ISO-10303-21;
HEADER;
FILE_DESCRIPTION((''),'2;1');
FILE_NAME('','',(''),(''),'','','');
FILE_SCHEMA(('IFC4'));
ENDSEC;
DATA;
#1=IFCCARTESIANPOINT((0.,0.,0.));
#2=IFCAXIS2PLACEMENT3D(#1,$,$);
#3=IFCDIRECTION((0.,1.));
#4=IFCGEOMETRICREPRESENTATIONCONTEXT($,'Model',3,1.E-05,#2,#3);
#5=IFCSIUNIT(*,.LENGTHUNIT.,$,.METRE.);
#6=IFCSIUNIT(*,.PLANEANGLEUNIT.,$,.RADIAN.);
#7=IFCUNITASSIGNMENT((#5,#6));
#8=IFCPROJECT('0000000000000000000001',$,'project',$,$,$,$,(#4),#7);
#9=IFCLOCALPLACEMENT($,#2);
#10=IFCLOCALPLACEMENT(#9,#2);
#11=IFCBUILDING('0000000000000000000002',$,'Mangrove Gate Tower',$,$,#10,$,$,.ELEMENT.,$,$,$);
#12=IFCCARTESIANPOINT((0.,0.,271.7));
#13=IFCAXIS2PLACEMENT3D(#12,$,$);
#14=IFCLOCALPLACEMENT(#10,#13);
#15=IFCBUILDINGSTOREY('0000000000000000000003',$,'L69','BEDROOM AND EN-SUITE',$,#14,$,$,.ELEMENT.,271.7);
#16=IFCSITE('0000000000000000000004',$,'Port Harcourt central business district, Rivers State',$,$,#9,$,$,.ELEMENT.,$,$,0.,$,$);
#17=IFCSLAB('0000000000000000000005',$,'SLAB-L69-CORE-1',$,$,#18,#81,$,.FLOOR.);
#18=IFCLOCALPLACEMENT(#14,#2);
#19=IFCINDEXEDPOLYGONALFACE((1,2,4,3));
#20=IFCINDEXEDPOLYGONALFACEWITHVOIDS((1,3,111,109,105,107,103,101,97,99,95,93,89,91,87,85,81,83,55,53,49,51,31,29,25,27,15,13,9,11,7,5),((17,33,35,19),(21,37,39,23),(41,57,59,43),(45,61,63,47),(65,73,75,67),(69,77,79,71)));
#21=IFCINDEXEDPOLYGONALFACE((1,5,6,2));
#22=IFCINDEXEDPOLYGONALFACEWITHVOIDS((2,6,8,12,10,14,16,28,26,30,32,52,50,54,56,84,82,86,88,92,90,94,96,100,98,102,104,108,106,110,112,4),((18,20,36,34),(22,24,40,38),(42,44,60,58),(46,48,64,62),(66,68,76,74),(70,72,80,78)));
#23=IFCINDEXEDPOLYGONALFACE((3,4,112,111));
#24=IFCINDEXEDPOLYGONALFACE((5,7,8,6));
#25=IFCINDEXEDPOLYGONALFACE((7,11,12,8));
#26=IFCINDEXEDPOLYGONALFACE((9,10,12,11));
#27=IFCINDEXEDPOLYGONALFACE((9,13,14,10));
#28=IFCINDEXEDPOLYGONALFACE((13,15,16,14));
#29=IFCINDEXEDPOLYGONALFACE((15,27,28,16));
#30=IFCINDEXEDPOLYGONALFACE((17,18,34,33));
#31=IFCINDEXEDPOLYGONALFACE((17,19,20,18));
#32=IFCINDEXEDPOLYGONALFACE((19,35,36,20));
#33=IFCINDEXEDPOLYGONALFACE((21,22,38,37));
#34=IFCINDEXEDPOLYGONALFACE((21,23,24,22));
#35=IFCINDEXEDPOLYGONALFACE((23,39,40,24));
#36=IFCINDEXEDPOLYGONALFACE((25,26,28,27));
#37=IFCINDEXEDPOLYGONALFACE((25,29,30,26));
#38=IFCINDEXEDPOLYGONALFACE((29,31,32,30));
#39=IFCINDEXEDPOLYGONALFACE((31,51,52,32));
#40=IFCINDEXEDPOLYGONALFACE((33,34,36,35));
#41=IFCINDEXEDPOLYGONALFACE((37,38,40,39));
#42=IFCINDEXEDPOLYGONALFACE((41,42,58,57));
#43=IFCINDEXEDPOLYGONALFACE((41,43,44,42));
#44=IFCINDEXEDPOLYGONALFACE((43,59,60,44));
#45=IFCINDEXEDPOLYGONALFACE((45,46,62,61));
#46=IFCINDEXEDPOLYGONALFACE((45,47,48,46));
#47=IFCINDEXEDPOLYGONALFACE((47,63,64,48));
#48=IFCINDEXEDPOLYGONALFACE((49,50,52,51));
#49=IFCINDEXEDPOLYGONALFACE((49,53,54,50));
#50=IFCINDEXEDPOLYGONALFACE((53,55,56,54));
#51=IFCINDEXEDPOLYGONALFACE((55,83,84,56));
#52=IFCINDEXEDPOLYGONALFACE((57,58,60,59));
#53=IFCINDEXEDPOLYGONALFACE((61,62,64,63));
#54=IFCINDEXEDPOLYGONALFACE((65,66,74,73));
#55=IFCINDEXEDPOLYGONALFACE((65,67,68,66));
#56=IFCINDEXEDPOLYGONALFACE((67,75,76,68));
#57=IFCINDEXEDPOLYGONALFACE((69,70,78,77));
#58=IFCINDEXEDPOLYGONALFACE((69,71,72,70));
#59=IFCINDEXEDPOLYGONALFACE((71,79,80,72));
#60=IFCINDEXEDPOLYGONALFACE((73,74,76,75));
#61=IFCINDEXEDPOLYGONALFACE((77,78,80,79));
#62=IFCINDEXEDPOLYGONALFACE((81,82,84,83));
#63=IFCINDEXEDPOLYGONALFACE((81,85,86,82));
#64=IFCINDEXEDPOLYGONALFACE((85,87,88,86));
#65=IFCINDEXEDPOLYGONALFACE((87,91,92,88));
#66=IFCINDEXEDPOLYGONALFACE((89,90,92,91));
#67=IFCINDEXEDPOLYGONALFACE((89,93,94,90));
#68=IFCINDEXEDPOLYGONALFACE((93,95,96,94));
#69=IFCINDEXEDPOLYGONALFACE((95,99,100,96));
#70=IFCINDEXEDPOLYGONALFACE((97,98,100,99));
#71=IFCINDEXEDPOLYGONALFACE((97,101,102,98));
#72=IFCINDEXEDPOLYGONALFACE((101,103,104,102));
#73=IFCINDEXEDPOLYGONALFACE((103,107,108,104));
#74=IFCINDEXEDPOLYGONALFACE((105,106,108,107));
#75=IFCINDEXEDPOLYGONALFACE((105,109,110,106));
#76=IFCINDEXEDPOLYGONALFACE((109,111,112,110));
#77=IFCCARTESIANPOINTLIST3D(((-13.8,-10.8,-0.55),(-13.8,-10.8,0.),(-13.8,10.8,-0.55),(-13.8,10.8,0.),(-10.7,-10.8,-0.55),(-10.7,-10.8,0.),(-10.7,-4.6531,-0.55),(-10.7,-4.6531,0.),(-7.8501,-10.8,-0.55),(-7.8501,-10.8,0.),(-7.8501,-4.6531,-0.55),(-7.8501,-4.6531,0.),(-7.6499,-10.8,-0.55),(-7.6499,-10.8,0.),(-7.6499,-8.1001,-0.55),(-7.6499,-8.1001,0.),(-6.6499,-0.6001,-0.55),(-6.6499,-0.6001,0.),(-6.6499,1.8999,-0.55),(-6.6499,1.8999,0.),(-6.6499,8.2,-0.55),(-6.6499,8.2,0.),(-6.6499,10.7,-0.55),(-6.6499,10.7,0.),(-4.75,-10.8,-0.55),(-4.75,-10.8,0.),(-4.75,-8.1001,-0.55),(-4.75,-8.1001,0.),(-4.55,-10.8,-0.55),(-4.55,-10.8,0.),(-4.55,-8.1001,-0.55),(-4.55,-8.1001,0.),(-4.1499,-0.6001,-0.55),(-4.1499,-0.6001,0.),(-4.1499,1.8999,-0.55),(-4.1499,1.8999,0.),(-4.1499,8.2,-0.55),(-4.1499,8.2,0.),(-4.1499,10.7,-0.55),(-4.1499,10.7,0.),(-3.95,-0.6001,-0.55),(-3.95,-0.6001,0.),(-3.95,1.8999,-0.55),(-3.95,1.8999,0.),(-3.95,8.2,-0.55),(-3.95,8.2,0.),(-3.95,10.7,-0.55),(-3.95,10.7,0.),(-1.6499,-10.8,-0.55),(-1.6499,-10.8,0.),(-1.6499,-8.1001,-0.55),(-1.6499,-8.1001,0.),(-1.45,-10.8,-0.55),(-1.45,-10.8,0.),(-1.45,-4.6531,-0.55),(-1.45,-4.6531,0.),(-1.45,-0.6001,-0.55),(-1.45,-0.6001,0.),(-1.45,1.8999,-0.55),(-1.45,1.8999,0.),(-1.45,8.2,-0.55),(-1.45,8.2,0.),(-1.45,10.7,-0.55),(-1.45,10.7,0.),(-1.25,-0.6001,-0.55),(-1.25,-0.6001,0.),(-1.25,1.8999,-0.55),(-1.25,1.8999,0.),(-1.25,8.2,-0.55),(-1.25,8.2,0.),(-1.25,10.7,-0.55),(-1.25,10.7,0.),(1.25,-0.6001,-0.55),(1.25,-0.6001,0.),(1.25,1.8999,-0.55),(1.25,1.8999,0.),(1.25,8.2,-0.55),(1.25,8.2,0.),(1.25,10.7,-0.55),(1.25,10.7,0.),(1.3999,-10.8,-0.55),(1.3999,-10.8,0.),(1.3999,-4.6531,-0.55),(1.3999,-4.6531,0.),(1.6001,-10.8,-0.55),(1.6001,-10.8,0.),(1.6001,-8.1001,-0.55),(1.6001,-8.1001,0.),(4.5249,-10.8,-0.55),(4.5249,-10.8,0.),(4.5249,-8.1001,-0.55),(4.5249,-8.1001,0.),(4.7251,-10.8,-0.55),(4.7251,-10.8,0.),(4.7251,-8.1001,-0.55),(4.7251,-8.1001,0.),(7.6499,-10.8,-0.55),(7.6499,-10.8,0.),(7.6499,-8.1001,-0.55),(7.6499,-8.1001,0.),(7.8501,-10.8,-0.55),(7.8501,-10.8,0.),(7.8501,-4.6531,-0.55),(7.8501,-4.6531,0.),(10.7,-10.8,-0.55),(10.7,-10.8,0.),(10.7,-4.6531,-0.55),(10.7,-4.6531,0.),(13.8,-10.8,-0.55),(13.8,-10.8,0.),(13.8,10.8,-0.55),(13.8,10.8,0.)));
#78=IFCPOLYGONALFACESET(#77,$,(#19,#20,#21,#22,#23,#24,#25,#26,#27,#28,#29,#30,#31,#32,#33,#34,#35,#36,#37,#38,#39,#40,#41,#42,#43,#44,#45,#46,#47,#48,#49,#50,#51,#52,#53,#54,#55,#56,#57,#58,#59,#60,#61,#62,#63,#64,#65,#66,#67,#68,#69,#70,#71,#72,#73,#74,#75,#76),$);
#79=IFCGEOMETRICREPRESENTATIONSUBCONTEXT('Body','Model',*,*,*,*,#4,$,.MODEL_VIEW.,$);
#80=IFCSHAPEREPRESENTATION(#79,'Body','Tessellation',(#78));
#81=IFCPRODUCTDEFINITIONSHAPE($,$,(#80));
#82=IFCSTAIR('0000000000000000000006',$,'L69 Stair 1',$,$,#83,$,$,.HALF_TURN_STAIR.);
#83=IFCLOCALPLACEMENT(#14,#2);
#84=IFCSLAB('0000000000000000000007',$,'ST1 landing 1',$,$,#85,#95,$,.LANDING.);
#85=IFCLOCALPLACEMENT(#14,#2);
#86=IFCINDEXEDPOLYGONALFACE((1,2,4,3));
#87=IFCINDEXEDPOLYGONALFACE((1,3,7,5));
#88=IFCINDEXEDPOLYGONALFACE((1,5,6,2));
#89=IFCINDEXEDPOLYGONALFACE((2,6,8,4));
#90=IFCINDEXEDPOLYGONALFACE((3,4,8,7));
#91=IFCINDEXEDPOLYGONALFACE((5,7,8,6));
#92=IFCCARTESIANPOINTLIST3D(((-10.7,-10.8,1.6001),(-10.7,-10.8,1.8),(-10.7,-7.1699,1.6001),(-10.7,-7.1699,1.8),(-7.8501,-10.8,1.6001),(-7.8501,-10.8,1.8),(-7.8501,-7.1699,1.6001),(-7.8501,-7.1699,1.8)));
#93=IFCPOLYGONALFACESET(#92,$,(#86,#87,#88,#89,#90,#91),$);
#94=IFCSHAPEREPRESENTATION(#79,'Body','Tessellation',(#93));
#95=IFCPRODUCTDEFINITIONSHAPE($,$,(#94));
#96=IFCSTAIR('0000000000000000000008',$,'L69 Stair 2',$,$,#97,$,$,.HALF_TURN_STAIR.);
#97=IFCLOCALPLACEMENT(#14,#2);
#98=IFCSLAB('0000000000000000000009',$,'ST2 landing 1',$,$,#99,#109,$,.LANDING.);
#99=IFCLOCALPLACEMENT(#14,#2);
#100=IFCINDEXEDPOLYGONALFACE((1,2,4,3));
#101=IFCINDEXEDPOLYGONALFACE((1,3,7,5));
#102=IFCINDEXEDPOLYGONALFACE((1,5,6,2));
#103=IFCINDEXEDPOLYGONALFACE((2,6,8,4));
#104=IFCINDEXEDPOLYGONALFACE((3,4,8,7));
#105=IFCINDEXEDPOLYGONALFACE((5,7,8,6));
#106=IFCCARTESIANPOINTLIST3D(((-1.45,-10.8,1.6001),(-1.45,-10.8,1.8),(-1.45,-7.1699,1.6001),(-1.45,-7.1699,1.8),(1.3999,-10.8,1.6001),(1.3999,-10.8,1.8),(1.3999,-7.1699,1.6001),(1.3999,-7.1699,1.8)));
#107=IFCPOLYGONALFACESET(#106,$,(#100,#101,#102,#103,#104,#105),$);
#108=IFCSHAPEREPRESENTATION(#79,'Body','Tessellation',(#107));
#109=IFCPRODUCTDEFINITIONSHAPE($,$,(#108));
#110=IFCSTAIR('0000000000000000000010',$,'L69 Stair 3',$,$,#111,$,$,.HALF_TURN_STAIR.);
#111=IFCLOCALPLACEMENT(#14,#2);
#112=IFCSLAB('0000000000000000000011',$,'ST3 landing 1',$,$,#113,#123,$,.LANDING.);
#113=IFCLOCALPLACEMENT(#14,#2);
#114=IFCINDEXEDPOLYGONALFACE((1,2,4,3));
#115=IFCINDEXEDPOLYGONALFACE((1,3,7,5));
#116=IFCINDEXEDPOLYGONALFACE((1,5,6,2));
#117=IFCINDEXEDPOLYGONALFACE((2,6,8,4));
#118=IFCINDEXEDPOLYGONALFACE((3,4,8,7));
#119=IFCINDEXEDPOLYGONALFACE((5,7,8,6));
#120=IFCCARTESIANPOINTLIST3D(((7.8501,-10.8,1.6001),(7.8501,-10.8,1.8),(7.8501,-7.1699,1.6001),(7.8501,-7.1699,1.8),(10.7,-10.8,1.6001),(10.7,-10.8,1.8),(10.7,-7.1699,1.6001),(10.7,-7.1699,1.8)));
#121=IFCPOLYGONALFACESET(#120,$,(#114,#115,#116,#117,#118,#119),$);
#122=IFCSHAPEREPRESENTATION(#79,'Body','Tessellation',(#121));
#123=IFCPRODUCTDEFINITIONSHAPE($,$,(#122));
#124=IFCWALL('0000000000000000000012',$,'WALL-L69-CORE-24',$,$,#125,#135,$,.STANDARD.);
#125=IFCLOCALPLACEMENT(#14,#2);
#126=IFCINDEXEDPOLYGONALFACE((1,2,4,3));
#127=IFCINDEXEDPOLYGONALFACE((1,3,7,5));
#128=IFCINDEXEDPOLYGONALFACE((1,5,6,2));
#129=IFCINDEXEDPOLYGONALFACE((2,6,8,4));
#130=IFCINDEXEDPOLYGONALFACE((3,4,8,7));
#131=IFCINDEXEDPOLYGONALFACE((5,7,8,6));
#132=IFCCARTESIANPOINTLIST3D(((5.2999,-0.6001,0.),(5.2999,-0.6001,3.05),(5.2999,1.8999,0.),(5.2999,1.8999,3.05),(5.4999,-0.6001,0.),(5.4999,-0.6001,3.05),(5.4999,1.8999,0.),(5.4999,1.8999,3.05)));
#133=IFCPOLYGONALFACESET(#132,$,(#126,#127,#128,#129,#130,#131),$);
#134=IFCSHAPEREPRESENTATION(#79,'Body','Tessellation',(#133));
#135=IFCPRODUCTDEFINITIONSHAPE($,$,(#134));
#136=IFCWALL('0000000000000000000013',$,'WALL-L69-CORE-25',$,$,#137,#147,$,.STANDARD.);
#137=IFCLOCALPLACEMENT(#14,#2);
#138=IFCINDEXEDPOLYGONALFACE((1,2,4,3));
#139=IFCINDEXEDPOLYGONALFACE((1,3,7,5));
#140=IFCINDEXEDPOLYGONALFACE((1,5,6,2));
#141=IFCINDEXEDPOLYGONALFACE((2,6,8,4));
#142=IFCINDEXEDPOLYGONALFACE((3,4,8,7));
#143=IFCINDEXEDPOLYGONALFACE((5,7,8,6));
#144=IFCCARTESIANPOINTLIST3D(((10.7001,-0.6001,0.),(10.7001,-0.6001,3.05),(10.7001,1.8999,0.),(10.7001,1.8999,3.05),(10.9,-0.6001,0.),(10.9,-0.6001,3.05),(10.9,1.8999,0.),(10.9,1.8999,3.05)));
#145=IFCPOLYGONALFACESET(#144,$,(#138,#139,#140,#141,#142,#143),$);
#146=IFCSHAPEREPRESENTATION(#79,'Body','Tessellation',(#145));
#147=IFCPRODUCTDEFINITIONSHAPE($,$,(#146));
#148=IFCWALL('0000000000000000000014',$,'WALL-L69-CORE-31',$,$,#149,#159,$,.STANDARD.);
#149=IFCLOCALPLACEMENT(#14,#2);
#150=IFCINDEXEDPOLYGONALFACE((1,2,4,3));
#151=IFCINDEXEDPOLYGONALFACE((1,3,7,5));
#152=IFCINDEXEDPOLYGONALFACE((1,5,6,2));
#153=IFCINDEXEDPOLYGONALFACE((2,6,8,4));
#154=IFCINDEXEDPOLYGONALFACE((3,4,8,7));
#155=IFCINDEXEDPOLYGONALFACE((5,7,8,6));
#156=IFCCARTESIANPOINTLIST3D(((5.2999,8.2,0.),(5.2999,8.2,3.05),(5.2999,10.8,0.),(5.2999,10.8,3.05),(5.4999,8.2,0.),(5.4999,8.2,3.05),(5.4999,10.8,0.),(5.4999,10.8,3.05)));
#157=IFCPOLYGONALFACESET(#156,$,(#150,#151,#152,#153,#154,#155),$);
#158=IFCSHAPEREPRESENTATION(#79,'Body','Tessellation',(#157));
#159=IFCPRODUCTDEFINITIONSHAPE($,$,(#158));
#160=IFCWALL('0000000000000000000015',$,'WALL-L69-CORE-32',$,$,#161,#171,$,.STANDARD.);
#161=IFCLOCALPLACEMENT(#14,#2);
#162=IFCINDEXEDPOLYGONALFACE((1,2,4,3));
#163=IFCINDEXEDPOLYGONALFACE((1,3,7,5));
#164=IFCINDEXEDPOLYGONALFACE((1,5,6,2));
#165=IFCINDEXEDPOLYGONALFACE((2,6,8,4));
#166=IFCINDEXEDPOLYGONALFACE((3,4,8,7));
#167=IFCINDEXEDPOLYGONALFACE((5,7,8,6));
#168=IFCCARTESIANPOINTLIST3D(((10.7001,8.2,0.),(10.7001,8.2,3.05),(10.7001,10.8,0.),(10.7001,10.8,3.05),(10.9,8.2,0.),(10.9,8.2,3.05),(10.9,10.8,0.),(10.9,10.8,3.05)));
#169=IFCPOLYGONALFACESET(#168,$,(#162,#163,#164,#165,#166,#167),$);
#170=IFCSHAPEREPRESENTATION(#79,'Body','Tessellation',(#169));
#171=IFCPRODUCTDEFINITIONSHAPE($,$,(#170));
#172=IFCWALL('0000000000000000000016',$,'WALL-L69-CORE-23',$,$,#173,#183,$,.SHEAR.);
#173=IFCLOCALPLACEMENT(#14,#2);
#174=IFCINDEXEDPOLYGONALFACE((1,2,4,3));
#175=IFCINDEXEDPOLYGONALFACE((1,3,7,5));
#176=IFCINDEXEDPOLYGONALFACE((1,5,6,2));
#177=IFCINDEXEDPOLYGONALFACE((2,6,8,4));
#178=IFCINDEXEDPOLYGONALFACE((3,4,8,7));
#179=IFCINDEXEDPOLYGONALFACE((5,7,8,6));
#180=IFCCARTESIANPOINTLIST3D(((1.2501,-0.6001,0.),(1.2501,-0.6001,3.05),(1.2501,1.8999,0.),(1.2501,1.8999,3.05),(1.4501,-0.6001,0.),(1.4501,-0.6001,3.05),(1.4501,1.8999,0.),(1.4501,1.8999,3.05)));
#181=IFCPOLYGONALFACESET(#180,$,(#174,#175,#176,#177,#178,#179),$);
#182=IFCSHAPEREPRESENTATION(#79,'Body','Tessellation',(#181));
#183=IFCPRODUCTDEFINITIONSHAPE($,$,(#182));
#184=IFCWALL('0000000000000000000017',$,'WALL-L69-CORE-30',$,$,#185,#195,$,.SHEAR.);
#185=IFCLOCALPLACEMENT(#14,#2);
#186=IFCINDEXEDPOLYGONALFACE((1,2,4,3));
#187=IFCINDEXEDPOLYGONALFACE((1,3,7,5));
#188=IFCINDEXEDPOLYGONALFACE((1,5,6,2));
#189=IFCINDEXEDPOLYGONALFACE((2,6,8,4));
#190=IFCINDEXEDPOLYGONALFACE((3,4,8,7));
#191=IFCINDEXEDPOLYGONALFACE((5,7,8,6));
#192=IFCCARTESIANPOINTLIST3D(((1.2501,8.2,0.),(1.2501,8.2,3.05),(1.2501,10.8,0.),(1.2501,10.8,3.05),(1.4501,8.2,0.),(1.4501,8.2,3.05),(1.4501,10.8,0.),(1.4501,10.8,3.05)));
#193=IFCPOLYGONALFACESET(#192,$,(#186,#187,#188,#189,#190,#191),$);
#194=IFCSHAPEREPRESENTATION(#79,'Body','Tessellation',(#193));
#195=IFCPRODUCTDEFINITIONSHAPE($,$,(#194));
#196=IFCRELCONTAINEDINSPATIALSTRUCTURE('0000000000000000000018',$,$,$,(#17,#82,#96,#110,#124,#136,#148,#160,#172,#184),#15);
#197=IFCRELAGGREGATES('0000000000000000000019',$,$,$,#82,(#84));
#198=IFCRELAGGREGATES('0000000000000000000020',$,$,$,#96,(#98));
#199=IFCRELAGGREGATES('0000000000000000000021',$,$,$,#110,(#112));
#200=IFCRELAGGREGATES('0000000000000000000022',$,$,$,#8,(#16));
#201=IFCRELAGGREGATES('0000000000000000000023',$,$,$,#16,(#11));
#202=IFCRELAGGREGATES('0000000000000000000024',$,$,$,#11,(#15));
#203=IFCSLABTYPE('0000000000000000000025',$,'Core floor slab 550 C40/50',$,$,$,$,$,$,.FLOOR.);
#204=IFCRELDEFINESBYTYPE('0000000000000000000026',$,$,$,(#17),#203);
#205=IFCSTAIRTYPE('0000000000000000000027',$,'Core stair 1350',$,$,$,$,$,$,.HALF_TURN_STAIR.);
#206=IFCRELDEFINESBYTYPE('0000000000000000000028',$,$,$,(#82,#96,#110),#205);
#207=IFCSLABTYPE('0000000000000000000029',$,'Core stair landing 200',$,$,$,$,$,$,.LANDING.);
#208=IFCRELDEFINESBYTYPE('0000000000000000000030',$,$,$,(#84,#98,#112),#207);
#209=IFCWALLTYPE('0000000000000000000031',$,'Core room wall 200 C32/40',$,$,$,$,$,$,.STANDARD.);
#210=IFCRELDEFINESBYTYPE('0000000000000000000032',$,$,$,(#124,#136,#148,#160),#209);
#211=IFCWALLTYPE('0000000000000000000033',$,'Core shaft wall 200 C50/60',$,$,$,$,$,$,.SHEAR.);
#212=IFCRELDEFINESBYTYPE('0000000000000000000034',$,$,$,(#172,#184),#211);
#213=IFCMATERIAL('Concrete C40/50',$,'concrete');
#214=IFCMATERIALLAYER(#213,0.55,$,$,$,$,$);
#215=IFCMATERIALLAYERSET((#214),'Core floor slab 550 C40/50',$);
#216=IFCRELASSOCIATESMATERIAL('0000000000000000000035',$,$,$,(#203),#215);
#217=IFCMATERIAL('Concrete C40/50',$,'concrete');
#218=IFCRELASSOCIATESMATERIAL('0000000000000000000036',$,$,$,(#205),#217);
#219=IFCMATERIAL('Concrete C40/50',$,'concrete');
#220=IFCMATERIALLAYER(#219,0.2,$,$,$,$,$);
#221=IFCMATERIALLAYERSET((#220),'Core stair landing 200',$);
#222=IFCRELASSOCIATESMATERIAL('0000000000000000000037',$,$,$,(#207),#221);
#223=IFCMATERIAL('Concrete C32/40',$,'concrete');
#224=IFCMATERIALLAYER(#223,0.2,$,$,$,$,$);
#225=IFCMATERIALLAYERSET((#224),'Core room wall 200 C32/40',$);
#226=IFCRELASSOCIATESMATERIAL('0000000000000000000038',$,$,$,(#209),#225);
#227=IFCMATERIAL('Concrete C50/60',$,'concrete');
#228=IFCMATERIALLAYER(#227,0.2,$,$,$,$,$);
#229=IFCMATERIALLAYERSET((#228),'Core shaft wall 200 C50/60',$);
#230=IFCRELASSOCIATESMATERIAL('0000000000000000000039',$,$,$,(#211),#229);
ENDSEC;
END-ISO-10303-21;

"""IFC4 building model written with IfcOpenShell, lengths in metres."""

from ifc_helpers import new_model, si_unit, direction, frame, frame_2d, origin, place, context, subcontext, project, spatial, polyline, rectangle, outline, extrude, material, layer, layer_set, type_object, element, aggregate, save


model = new_model("IFC4")

# Units and contexts
model_context = context("Model", 3, precision=1e-05, world=origin(), true_north=direction((0.0, 1.0)))
body_context = subcontext(model_context, "Body", "Model", "MODEL_VIEW")
ifc_project = project(units=[si_unit("LENGTHUNIT", "METRE"), si_unit("PLANEANGLEUNIT", "RADIAN")], contexts=[model_context])

# Site, building, storey
site_placement = place(None, origin())
site = spatial("IfcSite", under=ifc_project, at=site_placement, Name="Port Harcourt central business district, Rivers State", CompositionType="ELEMENT", RefElevation=0.0)
building_placement = place(site_placement, origin())
building = spatial("IfcBuilding", under=site, at=building_placement, Name="Mangrove Gate Tower", CompositionType="ELEMENT")
storey_placement = place(building_placement, frame((0.0, 0.0, 271.7)))
storey = spatial("IfcBuildingStorey", under=building, at=storey_placement, Name="L69", Description="BEDROOM AND EN-SUITE", CompositionType="ELEMENT", Elevation=271.7)

# Slab
ifc_material_1 = material(Name="Concrete C40/50", Category="concrete")
ifc_layer_1 = layer(ifc_material_1, 0.55)
ifc_layer_set_1 = layer_set([ifc_layer_1], Name="Core floor slab 550 C40/50")
slab_type_1 = type_object("IfcSlabType", Name="Core floor slab 550 C40/50", PredefinedType="FLOOR", material=ifc_layer_set_1)
slab_1_placement = place(storey_placement, frame((0.0, 0.0, -0.55)))
element("IfcSlab", 1, at=slab_1_placement, inside=storey, type_object=slab_type_1, Name="SLAB-L69-CORE-1", PredefinedType="FLOOR", context=body_context, shape_type="SweptSolid", body=[
    extrude(outline(polyline([(-13.8, -10.8), (-13.8, 10.8), (13.8, 10.8), (13.8, -10.8), (10.7, -10.8), (10.7, -4.6531), (7.8501, -4.6531), (7.8501, -10.8), (7.6499, -10.8), (7.6499, -8.1001), (4.7251, -8.1001), (4.7251, -10.8), (4.5249, -10.8), (4.5249, -8.1001), (1.6001, -8.1001), (1.6001, -10.8), (1.3999, -10.8), (1.3999, -4.6531), (-1.45, -4.6531), (-1.45, -10.8), (-1.6499, -10.8), (-1.6499, -8.1001), (-4.55, -8.1001), (-4.55, -10.8), (-4.75, -10.8), (-4.75, -8.1001), (-7.6499, -8.1001), (-7.6499, -10.8), (-7.8501, -10.8), (-7.8501, -4.6531), (-10.7, -4.6531), (-10.7, -10.8), (-13.8, -10.8)]), holes=[polyline([(-4.1499, 1.8999), (-6.6499, 1.8999), (-6.6499, -0.6001), (-4.1499, -0.6001), (-4.1499, 1.8999)]), polyline([(-1.45, -0.6001), (-1.45, 1.8999), (-3.95, 1.8999), (-3.95, -0.6001), (-1.45, -0.6001)]), polyline([(-4.1499, 8.2), (-4.1499, 10.7), (-6.6499, 10.7), (-6.6499, 8.2), (-4.1499, 8.2)]), polyline([(-1.45, 10.7), (-3.95, 10.7), (-3.95, 8.2), (-1.45, 8.2), (-1.45, 10.7)]), polyline([(1.25, -0.6001), (1.25, 1.8999), (-1.25, 1.8999), (-1.25, -0.6001), (1.25, -0.6001)]), polyline([(1.25, 8.2), (1.25, 10.7), (-1.25, 10.7), (-1.25, 8.2), (1.25, 8.2)])]), origin(), (0.0, 0.0, 1.0), 0.55),
])

# Stairs, slabs
ifc_material_2 = material(Name="Concrete C40/50", Category="concrete")
stair_type = type_object("IfcStairType", Name="Core stair 1350", PredefinedType="HALF_TURN_STAIR", material=ifc_material_2)
stair_1_placement = place(storey_placement, origin())
stair_1 = element("IfcStair", 2, at=stair_1_placement, inside=storey, type_object=stair_type, Name="L69 Stair 1", PredefinedType="HALF_TURN_STAIR")
ifc_material_3 = material(Name="Concrete C40/50", Category="concrete")
ifc_layer_2 = layer(ifc_material_3, 0.2)
ifc_layer_set_2 = layer_set([ifc_layer_2], Name="Core stair landing 200")
slab_type_2 = type_object("IfcSlabType", Name="Core stair landing 200", PredefinedType="LANDING", material=ifc_layer_set_2)
slab_2_placement = place(storey_placement, frame((0.0, 0.0, 1.6001)))
slab_2 = element("IfcSlab", 3, at=slab_2_placement, type_object=slab_type_2, Name="ST1 landing 1", PredefinedType="LANDING", context=body_context, shape_type="SweptSolid", body=[
    extrude(outline(polyline([(-10.7, -7.1699), (-10.7, -10.8), (-7.8501, -10.8), (-7.8501, -7.1699), (-10.7, -7.1699)])), origin(), (0.0, 0.0, 1.0), 0.2),
])
aggregate(stair_1, [slab_2])
stair_2_placement = place(storey_placement, origin())
stair_2 = element("IfcStair", 4, at=stair_2_placement, inside=storey, type_object=stair_type, Name="L69 Stair 2", PredefinedType="HALF_TURN_STAIR")
slab_3_placement = place(storey_placement, frame((0.0, 0.0, 1.6001)))
slab_3 = element("IfcSlab", 5, at=slab_3_placement, type_object=slab_type_2, Name="ST2 landing 1", PredefinedType="LANDING", context=body_context, shape_type="SweptSolid", body=[
    extrude(outline(polyline([(-1.45, -7.1699), (-1.45, -10.8), (1.3999, -10.8), (1.3999, -7.1699), (-1.45, -7.1699)])), origin(), (0.0, 0.0, 1.0), 0.2),
])
aggregate(stair_2, [slab_3])
stair_3_placement = place(storey_placement, origin())
stair_3 = element("IfcStair", 6, at=stair_3_placement, inside=storey, type_object=stair_type, Name="L69 Stair 3", PredefinedType="HALF_TURN_STAIR")
slab_4_placement = place(storey_placement, frame((0.0, 0.0, 1.6001)))
slab_4 = element("IfcSlab", 7, at=slab_4_placement, type_object=slab_type_2, Name="ST3 landing 1", PredefinedType="LANDING", context=body_context, shape_type="SweptSolid", body=[
    extrude(outline(polyline([(7.8501, -7.1699), (7.8501, -10.8), (10.7, -10.8), (10.7, -7.1699), (7.8501, -7.1699)])), origin(), (0.0, 0.0, 1.0), 0.2),
])
aggregate(stair_3, [slab_4])

# Walls
ifc_material_4 = material(Name="Concrete C32/40", Category="concrete")
ifc_layer_3 = layer(ifc_material_4, 0.2)
ifc_layer_set_3 = layer_set([ifc_layer_3], Name="Core room wall 200 C32/40")
wall_type_1 = type_object("IfcWallType", Name="Core room wall 200 C32/40", PredefinedType="STANDARD", material=ifc_layer_set_3)
for number, where, z_axis, x_axis, name in (
    (8, (5.3999, -0.6001, 0.0), (0.0, 0.0, 1.0), (0.0, 1.0, 0.0), "WALL-L69-CORE-24"),
    (9, (10.8, -0.6001, 0.0), (0.0, 0.0, 1.0), (0.0, 1.0, 0.0), "WALL-L69-CORE-25"),
):
    element("IfcWall", number, at=place(storey_placement, frame(where, z_axis=z_axis, x_axis=x_axis)), inside=storey, type_object=wall_type_1, Name=name, PredefinedType="STANDARD", context=body_context, shape_type="SweptSolid", body=[
        extrude(rectangle(XDim=2.5, YDim=0.2, at=frame_2d((1.25, 0.0))), origin(), (0.0, 0.0, 1.0), 3.05),
    ])
for number, where, z_axis, x_axis, name in (
    (10, (5.3999, 8.2, 0.0), (0.0, 0.0, 1.0), (0.0, 1.0, 0.0), "WALL-L69-CORE-31"),
    (11, (10.8, 8.2, 0.0), (0.0, 0.0, 1.0), (0.0, 1.0, 0.0), "WALL-L69-CORE-32"),
):
    element("IfcWall", number, at=place(storey_placement, frame(where, z_axis=z_axis, x_axis=x_axis)), inside=storey, type_object=wall_type_1, Name=name, PredefinedType="STANDARD", context=body_context, shape_type="SweptSolid", body=[
        extrude(rectangle(XDim=2.6001, YDim=0.2, at=frame_2d((1.3, 0.0))), origin(), (0.0, 0.0, 1.0), 3.05),
    ])
ifc_material_5 = material(Name="Concrete C50/60", Category="concrete")
ifc_layer_4 = layer(ifc_material_5, 0.2)
ifc_layer_set_4 = layer_set([ifc_layer_4], Name="Core shaft wall 200 C50/60")
wall_type_2 = type_object("IfcWallType", Name="Core shaft wall 200 C50/60", PredefinedType="SHEAR", material=ifc_layer_set_4)
wall_1_placement = place(storey_placement, frame((1.3501, -0.6001, 0.0), z_axis=(0.0, 0.0, 1.0), x_axis=(0.0, 1.0, 0.0)))
element("IfcWall", 12, at=wall_1_placement, inside=storey, type_object=wall_type_2, Name="WALL-L69-CORE-23", PredefinedType="SHEAR", context=body_context, shape_type="SweptSolid", body=[
    extrude(rectangle(XDim=2.5, YDim=0.2, at=frame_2d((1.25, 0.0))), origin(), (0.0, 0.0, 1.0), 3.05),
])
wall_2_placement = place(storey_placement, frame((1.3501, 8.2, 0.0), z_axis=(0.0, 0.0, 1.0), x_axis=(0.0, 1.0, 0.0)))
element("IfcWall", 13, at=wall_2_placement, inside=storey, type_object=wall_type_2, Name="WALL-L69-CORE-30", PredefinedType="SHEAR", context=body_context, shape_type="SweptSolid", body=[
    extrude(rectangle(XDim=2.6001, YDim=0.2, at=frame_2d((1.3, 0.0))), origin(), (0.0, 0.0, 1.0), 3.05),
])

save(model, "model.ifc")
